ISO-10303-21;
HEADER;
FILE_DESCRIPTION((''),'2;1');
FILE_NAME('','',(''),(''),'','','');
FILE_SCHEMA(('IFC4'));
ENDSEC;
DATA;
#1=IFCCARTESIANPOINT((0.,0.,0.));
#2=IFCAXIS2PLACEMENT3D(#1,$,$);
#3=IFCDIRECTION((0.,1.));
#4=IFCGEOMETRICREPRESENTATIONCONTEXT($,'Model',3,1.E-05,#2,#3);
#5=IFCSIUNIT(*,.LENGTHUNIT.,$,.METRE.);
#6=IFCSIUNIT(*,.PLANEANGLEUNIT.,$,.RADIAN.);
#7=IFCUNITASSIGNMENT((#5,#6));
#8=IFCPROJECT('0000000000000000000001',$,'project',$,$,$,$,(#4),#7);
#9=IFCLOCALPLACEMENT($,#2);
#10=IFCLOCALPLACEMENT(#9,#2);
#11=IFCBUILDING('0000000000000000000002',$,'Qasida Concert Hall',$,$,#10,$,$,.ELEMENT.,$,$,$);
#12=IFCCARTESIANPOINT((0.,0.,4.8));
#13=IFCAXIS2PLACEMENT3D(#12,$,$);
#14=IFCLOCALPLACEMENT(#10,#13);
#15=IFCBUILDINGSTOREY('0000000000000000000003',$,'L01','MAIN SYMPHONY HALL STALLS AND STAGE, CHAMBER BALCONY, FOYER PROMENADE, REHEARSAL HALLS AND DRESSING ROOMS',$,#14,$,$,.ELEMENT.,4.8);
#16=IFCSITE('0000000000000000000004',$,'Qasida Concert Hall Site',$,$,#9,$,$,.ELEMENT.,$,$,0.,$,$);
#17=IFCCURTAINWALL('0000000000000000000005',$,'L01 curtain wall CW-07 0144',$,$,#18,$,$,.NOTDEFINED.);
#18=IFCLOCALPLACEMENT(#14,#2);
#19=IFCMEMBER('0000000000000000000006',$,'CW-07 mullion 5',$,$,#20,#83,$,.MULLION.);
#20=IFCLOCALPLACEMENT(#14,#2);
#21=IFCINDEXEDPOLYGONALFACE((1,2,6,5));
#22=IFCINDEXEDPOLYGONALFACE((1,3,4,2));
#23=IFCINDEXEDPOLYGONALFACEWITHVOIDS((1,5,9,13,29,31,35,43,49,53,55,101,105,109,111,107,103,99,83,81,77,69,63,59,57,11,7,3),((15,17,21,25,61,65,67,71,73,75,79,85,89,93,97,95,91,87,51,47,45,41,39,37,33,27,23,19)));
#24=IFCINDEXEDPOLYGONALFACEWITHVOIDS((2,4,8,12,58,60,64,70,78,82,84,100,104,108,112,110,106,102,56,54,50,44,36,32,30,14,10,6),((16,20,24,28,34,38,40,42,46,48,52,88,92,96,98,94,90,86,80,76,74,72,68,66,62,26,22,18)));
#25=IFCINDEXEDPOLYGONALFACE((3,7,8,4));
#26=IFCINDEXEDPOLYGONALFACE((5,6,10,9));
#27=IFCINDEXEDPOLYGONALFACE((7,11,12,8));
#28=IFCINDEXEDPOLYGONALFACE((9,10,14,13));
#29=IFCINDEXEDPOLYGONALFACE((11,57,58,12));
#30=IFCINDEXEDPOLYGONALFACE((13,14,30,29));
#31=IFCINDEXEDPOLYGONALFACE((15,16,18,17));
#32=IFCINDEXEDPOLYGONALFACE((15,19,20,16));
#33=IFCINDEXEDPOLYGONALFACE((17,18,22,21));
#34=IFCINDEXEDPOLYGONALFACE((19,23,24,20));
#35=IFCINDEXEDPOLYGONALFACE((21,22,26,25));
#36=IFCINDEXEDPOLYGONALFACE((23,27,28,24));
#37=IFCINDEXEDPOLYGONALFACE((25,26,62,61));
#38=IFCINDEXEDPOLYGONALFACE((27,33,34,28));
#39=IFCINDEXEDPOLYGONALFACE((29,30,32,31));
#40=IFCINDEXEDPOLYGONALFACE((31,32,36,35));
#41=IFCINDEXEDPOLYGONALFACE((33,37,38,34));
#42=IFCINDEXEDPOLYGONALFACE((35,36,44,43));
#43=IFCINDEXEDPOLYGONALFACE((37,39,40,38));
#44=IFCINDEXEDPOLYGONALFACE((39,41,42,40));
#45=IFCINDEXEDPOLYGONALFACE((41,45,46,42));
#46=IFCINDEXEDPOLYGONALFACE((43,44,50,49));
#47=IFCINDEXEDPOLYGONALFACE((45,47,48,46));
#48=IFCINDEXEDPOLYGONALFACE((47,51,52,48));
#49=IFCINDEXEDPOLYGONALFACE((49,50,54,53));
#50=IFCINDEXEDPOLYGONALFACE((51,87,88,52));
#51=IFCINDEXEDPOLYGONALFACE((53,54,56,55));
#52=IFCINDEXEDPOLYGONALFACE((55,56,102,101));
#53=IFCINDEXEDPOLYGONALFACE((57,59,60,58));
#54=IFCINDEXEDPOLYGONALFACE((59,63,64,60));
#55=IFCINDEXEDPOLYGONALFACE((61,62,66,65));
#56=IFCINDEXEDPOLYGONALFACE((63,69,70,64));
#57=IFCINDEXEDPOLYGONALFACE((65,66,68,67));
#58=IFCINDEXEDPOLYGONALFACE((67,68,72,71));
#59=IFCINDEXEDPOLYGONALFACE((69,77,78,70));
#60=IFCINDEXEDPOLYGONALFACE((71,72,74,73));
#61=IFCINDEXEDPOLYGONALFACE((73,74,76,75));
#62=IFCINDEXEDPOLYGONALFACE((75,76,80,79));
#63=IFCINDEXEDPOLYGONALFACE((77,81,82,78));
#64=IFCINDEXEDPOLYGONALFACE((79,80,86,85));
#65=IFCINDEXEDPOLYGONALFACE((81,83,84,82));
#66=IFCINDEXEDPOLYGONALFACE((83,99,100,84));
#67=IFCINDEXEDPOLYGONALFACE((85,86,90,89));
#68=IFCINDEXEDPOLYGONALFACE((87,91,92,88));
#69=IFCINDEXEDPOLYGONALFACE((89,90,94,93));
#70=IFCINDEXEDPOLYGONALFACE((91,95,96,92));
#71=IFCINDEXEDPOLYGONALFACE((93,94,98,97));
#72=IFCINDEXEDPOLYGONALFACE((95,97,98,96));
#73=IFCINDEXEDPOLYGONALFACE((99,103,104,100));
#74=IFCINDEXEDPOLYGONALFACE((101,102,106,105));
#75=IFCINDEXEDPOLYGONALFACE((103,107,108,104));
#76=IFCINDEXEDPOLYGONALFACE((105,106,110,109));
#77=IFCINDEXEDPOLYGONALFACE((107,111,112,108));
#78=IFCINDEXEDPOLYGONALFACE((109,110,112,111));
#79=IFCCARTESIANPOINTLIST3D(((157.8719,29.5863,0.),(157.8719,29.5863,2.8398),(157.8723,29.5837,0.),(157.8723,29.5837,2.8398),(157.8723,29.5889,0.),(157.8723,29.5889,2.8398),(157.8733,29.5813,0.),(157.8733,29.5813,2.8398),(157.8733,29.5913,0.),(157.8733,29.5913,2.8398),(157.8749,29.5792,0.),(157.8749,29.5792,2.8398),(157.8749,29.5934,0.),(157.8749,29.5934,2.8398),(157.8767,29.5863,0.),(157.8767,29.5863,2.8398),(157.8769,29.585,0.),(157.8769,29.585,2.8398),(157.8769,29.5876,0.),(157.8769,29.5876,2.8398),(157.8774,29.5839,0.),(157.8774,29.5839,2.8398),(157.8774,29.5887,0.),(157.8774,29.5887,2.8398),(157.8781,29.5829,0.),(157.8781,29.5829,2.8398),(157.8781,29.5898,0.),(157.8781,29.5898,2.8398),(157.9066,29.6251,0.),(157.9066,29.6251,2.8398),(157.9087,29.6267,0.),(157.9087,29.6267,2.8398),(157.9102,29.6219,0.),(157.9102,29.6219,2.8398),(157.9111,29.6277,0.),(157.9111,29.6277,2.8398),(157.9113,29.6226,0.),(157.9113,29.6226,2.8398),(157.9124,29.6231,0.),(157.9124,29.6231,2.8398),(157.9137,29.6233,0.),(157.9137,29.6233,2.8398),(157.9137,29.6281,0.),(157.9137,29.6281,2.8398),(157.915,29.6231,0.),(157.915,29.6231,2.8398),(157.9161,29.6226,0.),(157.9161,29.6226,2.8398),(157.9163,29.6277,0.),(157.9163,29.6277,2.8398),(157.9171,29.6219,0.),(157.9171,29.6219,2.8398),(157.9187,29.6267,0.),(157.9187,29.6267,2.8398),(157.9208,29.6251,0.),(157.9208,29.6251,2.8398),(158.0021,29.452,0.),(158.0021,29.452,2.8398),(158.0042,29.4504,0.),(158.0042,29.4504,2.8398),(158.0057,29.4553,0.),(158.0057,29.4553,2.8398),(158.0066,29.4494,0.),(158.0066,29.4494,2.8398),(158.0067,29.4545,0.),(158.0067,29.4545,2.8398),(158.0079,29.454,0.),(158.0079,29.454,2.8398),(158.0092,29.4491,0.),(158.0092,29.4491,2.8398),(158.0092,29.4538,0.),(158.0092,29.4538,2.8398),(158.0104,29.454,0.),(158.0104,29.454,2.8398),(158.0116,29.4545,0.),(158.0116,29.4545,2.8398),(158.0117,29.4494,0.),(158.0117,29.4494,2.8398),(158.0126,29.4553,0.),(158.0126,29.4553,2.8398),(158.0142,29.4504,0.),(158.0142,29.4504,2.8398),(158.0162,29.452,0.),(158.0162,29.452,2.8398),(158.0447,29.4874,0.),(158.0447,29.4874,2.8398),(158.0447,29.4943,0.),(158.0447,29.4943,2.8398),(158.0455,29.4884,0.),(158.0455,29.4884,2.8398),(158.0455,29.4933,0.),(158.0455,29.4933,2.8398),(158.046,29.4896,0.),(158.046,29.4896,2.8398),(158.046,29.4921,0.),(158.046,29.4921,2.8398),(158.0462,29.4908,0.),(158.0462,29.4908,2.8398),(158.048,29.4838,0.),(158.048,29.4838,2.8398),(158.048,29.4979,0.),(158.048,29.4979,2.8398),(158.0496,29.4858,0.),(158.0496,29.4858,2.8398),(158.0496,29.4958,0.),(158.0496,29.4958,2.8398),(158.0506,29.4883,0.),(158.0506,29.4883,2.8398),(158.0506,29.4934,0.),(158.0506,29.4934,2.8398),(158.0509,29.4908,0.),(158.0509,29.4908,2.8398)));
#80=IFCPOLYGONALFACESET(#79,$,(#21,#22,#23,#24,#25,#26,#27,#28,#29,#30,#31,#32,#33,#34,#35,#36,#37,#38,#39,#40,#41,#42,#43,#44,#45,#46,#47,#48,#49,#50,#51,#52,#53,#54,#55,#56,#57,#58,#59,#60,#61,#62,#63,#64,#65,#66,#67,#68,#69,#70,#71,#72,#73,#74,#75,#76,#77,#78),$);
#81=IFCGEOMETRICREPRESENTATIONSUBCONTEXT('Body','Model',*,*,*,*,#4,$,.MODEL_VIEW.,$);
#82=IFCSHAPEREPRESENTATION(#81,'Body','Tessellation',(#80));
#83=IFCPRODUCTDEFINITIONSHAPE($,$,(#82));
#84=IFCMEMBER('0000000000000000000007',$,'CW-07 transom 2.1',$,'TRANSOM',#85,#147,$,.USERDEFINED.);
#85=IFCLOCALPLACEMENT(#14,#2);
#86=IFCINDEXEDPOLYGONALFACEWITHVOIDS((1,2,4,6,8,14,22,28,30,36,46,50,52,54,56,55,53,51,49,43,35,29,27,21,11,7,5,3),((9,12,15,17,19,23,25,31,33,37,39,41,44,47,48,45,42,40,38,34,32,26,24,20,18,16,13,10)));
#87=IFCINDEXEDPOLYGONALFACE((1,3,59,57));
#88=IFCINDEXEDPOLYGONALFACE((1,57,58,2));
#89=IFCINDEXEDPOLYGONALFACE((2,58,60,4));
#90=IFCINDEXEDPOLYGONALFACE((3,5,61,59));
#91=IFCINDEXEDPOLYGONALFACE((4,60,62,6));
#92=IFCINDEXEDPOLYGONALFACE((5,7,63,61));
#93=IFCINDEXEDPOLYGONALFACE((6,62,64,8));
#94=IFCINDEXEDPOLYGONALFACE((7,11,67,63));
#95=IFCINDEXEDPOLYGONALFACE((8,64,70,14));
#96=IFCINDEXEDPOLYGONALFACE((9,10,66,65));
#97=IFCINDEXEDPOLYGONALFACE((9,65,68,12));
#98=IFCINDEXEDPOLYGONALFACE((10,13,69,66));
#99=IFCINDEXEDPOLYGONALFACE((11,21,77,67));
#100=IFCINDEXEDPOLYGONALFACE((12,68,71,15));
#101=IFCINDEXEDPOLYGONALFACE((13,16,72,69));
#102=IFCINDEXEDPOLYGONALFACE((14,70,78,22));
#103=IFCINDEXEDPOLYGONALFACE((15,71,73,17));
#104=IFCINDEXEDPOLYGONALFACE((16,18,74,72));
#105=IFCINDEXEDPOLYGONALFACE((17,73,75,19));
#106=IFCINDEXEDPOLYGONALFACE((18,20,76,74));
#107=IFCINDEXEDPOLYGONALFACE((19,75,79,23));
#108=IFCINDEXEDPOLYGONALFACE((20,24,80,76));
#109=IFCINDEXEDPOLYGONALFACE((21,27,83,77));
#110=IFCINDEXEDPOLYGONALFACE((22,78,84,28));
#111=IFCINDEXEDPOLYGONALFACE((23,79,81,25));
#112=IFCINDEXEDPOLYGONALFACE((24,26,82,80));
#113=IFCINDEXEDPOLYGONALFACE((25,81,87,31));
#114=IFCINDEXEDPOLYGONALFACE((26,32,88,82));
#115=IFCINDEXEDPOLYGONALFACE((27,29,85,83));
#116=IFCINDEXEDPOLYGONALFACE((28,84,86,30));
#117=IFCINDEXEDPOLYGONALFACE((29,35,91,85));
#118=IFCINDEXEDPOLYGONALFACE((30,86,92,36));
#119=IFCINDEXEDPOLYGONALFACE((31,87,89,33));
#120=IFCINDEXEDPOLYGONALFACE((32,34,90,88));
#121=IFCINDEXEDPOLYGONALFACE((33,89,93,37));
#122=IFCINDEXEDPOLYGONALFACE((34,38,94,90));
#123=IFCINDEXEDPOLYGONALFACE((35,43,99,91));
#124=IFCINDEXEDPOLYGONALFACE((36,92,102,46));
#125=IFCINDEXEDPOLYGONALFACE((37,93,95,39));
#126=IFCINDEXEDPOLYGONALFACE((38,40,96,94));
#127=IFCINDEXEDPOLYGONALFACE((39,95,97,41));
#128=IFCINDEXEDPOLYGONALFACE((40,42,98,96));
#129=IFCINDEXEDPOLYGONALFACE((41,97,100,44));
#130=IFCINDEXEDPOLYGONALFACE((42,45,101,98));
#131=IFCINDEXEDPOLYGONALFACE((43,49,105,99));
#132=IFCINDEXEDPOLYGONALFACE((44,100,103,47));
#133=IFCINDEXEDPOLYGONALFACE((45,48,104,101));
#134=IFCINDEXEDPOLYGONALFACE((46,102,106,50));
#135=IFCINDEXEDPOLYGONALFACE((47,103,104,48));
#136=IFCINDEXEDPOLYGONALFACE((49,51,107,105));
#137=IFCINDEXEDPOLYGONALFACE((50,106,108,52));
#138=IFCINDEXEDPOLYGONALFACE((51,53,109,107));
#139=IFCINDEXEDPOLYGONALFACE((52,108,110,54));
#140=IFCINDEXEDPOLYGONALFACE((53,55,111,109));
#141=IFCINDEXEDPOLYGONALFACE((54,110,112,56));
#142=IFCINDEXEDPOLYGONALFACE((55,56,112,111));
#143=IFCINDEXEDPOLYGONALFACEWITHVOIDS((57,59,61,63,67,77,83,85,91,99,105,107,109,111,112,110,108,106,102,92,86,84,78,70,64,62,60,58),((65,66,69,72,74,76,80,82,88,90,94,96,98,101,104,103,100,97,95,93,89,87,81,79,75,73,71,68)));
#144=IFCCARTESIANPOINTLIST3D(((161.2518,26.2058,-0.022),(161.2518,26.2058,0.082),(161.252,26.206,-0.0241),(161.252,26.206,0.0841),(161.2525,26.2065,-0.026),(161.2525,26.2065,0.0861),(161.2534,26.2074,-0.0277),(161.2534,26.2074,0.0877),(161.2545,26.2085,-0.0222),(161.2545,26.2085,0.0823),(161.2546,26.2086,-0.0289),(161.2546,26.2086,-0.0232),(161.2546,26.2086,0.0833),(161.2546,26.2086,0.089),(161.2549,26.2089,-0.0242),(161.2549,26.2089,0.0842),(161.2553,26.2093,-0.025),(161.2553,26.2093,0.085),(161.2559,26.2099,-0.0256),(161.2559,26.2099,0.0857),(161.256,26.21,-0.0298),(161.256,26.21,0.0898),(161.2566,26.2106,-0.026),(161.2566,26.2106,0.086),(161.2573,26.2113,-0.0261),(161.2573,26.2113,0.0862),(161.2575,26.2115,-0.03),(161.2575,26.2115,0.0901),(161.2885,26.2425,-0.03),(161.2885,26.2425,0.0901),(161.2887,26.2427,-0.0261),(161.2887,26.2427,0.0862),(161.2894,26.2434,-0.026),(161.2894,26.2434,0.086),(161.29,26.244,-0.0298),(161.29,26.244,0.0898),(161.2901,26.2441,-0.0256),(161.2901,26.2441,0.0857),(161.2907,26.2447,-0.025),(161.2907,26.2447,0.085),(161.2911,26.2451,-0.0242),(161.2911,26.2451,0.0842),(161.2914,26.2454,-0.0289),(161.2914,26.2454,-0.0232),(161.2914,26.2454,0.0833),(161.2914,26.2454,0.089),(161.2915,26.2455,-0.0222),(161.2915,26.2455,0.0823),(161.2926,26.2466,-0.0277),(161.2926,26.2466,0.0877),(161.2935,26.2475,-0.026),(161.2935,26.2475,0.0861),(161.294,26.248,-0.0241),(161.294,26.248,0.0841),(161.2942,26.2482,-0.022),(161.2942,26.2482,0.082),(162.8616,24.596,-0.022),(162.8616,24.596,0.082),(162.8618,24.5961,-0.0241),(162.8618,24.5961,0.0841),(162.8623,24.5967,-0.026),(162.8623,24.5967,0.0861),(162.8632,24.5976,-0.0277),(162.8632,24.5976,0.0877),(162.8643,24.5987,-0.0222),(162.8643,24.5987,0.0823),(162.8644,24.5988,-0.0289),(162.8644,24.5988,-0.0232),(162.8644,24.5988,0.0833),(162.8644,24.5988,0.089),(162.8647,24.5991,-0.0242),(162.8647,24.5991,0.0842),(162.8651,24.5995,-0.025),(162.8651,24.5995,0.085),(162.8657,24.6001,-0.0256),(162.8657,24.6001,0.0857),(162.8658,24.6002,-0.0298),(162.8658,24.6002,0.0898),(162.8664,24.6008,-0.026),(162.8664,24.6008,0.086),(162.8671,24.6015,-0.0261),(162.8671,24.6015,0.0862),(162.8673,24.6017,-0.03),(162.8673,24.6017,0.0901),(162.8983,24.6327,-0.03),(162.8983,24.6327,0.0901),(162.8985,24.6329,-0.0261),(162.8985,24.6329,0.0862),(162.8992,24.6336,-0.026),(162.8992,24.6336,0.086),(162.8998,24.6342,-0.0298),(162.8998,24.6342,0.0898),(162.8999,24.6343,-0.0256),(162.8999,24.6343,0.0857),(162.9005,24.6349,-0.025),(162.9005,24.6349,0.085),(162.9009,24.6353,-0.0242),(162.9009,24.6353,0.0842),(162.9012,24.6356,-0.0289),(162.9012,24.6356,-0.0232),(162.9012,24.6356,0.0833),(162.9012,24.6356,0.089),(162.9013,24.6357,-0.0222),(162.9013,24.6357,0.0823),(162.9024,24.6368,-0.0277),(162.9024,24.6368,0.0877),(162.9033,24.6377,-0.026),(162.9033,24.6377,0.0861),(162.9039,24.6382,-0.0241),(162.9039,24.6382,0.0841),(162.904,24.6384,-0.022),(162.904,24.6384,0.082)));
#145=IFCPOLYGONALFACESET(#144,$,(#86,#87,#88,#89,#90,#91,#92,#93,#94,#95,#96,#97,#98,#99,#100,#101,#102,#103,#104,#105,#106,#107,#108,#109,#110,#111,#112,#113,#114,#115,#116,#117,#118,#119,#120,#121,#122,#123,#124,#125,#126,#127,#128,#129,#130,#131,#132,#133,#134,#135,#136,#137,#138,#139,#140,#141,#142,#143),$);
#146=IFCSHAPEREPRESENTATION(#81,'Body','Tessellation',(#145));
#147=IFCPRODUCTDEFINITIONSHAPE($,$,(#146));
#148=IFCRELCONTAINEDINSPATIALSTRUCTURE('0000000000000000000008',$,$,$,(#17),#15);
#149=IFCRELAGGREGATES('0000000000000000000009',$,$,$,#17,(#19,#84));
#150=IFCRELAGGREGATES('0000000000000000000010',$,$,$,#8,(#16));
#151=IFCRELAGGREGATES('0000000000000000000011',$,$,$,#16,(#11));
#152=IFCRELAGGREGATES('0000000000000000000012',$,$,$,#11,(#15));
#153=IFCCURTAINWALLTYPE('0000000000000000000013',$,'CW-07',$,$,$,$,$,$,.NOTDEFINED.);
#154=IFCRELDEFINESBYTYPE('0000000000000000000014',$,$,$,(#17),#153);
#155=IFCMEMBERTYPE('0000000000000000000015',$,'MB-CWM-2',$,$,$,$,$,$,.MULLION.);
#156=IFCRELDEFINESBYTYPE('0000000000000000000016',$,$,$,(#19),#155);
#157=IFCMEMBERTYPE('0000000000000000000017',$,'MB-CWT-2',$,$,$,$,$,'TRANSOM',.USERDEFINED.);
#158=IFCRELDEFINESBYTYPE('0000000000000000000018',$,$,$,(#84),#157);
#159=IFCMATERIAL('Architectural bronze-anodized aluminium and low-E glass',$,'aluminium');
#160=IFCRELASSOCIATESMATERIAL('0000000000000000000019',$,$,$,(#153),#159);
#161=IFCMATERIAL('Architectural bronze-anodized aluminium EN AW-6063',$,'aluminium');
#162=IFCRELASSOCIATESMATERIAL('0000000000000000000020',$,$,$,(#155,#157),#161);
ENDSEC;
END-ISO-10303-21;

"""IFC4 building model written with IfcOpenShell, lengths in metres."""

from ifc_helpers import new_model, si_unit, direction, frame, origin, origin_2d, place, context, subcontext, project, spatial, hollow_rectangle, extrude, material, material_profile, profile_set, type_object, element, aggregate, save


model = new_model("IFC4")

# Units and contexts
model_context = context("Model", 3, precision=1e-05, world=origin(), true_north=direction((0.0, 1.0)))
body_context = subcontext(model_context, "Body", "Model", "MODEL_VIEW")
ifc_project = project(units=[si_unit("LENGTHUNIT", "METRE"), si_unit("PLANEANGLEUNIT", "RADIAN")], contexts=[model_context])

# Site, building, storey
site_placement = place(None, origin())
site = spatial("IfcSite", under=ifc_project, at=site_placement, Name="Qasida Concert Hall Site", CompositionType="ELEMENT", RefElevation=0.0)
building_placement = place(site_placement, origin())
building = spatial("IfcBuilding", under=site, at=building_placement, Name="Qasida Concert Hall", CompositionType="ELEMENT")
storey_placement = place(building_placement, frame((0.0, 0.0, 4.8)))
storey = spatial("IfcBuildingStorey", under=building, at=storey_placement, Name="L01", Description="MAIN SYMPHONY HALL STALLS AND STAGE, CHAMBER BALCONY, FOYER PROMENADE, REHEARSAL HALLS AND DRESSING ROOMS", CompositionType="ELEMENT", Elevation=4.8)

# Curtain wall, members
ifc_material_1 = material(Name="Architectural bronze-anodized aluminium and low-E glass", Category="aluminium")
curtain_wall_type = type_object("IfcCurtainWallType", Name="CW-07", PredefinedType="NOTDEFINED", material=ifc_material_1)
curtain_wall_placement = place(storey_placement, origin())
curtain_wall = element("IfcCurtainWall", 1, at=curtain_wall_placement, inside=storey, type_object=curtain_wall_type, Name="L01 curtain wall CW-07 0144", PredefinedType="NOTDEFINED")
ifc_material_2 = material(Name="Architectural bronze-anodized aluminium EN AW-6063", Category="aluminium")
ifc_material_profile_1 = material_profile(ifc_material_2, hollow_rectangle(XDim=0.0649, YDim=0.2, WallThickness=0.0049, InnerFilletRadius=0.0049, OuterFilletRadius=0.01, at=origin_2d()), Name="CWM 200x65x5")
ifc_profile_set_1 = profile_set([ifc_material_profile_1], Name="Architectural bronze-anodized aluminium EN AW-6063")
member_type_1 = type_object("IfcMemberType", Name="MB-CWM-2", PredefinedType="MULLION", material=ifc_profile_set_1)
member_1_placement = place(storey_placement, frame((157.9614, 29.5386, 0.0), z_axis=(0.0, 0.0, 1.0), x_axis=(-0.707107, -0.707107, 0.0)))
member_1 = element("IfcMember", 2, at=member_1_placement, type_object=member_type_1, Name="CW-07 mullion 5", PredefinedType="MULLION", context=body_context, shape_type="SweptSolid", body=[
    extrude(hollow_rectangle(XDim=0.0649, YDim=0.2, WallThickness=0.0049, InnerFilletRadius=0.0049, OuterFilletRadius=0.01, at=origin_2d()), origin(), (0.0, 0.0, 1.0), 2.8398),
])
ifc_material_profile_2 = material_profile(ifc_material_2, hollow_rectangle(XDim=0.0601, YDim=0.1201, WallThickness=0.0039, InnerFilletRadius=0.0039, OuterFilletRadius=0.0081, at=origin_2d()), Name="CWT 120x60x4")
ifc_profile_set_2 = profile_set([ifc_material_profile_2], Name="Architectural bronze-anodized aluminium EN AW-6063")
member_type_2 = type_object("IfcMemberType", Name="MB-CWT-2", ElementType="TRANSOM", PredefinedType="USERDEFINED", material=ifc_profile_set_2)
member_2_placement = place(storey_placement, frame((162.8828, 24.6172, 0.03), z_axis=(-0.707107, 0.707107, 0.0), x_axis=(-0.707107, -0.707107, 0.0)))
member_2 = element("IfcMember", 3, at=member_2_placement, type_object=member_type_2, Name="CW-07 transom 2.1", ObjectType="TRANSOM", PredefinedType="USERDEFINED", context=body_context, shape_type="SweptSolid", body=[
    extrude(hollow_rectangle(XDim=0.0601, YDim=0.1201, WallThickness=0.0039, InnerFilletRadius=0.0039, OuterFilletRadius=0.0081, at=origin_2d()), origin(), (0.0, 0.0, 1.0), 2.2766),
])
aggregate(curtain_wall, [member_1, member_2])

save(model, "model.ifc")
